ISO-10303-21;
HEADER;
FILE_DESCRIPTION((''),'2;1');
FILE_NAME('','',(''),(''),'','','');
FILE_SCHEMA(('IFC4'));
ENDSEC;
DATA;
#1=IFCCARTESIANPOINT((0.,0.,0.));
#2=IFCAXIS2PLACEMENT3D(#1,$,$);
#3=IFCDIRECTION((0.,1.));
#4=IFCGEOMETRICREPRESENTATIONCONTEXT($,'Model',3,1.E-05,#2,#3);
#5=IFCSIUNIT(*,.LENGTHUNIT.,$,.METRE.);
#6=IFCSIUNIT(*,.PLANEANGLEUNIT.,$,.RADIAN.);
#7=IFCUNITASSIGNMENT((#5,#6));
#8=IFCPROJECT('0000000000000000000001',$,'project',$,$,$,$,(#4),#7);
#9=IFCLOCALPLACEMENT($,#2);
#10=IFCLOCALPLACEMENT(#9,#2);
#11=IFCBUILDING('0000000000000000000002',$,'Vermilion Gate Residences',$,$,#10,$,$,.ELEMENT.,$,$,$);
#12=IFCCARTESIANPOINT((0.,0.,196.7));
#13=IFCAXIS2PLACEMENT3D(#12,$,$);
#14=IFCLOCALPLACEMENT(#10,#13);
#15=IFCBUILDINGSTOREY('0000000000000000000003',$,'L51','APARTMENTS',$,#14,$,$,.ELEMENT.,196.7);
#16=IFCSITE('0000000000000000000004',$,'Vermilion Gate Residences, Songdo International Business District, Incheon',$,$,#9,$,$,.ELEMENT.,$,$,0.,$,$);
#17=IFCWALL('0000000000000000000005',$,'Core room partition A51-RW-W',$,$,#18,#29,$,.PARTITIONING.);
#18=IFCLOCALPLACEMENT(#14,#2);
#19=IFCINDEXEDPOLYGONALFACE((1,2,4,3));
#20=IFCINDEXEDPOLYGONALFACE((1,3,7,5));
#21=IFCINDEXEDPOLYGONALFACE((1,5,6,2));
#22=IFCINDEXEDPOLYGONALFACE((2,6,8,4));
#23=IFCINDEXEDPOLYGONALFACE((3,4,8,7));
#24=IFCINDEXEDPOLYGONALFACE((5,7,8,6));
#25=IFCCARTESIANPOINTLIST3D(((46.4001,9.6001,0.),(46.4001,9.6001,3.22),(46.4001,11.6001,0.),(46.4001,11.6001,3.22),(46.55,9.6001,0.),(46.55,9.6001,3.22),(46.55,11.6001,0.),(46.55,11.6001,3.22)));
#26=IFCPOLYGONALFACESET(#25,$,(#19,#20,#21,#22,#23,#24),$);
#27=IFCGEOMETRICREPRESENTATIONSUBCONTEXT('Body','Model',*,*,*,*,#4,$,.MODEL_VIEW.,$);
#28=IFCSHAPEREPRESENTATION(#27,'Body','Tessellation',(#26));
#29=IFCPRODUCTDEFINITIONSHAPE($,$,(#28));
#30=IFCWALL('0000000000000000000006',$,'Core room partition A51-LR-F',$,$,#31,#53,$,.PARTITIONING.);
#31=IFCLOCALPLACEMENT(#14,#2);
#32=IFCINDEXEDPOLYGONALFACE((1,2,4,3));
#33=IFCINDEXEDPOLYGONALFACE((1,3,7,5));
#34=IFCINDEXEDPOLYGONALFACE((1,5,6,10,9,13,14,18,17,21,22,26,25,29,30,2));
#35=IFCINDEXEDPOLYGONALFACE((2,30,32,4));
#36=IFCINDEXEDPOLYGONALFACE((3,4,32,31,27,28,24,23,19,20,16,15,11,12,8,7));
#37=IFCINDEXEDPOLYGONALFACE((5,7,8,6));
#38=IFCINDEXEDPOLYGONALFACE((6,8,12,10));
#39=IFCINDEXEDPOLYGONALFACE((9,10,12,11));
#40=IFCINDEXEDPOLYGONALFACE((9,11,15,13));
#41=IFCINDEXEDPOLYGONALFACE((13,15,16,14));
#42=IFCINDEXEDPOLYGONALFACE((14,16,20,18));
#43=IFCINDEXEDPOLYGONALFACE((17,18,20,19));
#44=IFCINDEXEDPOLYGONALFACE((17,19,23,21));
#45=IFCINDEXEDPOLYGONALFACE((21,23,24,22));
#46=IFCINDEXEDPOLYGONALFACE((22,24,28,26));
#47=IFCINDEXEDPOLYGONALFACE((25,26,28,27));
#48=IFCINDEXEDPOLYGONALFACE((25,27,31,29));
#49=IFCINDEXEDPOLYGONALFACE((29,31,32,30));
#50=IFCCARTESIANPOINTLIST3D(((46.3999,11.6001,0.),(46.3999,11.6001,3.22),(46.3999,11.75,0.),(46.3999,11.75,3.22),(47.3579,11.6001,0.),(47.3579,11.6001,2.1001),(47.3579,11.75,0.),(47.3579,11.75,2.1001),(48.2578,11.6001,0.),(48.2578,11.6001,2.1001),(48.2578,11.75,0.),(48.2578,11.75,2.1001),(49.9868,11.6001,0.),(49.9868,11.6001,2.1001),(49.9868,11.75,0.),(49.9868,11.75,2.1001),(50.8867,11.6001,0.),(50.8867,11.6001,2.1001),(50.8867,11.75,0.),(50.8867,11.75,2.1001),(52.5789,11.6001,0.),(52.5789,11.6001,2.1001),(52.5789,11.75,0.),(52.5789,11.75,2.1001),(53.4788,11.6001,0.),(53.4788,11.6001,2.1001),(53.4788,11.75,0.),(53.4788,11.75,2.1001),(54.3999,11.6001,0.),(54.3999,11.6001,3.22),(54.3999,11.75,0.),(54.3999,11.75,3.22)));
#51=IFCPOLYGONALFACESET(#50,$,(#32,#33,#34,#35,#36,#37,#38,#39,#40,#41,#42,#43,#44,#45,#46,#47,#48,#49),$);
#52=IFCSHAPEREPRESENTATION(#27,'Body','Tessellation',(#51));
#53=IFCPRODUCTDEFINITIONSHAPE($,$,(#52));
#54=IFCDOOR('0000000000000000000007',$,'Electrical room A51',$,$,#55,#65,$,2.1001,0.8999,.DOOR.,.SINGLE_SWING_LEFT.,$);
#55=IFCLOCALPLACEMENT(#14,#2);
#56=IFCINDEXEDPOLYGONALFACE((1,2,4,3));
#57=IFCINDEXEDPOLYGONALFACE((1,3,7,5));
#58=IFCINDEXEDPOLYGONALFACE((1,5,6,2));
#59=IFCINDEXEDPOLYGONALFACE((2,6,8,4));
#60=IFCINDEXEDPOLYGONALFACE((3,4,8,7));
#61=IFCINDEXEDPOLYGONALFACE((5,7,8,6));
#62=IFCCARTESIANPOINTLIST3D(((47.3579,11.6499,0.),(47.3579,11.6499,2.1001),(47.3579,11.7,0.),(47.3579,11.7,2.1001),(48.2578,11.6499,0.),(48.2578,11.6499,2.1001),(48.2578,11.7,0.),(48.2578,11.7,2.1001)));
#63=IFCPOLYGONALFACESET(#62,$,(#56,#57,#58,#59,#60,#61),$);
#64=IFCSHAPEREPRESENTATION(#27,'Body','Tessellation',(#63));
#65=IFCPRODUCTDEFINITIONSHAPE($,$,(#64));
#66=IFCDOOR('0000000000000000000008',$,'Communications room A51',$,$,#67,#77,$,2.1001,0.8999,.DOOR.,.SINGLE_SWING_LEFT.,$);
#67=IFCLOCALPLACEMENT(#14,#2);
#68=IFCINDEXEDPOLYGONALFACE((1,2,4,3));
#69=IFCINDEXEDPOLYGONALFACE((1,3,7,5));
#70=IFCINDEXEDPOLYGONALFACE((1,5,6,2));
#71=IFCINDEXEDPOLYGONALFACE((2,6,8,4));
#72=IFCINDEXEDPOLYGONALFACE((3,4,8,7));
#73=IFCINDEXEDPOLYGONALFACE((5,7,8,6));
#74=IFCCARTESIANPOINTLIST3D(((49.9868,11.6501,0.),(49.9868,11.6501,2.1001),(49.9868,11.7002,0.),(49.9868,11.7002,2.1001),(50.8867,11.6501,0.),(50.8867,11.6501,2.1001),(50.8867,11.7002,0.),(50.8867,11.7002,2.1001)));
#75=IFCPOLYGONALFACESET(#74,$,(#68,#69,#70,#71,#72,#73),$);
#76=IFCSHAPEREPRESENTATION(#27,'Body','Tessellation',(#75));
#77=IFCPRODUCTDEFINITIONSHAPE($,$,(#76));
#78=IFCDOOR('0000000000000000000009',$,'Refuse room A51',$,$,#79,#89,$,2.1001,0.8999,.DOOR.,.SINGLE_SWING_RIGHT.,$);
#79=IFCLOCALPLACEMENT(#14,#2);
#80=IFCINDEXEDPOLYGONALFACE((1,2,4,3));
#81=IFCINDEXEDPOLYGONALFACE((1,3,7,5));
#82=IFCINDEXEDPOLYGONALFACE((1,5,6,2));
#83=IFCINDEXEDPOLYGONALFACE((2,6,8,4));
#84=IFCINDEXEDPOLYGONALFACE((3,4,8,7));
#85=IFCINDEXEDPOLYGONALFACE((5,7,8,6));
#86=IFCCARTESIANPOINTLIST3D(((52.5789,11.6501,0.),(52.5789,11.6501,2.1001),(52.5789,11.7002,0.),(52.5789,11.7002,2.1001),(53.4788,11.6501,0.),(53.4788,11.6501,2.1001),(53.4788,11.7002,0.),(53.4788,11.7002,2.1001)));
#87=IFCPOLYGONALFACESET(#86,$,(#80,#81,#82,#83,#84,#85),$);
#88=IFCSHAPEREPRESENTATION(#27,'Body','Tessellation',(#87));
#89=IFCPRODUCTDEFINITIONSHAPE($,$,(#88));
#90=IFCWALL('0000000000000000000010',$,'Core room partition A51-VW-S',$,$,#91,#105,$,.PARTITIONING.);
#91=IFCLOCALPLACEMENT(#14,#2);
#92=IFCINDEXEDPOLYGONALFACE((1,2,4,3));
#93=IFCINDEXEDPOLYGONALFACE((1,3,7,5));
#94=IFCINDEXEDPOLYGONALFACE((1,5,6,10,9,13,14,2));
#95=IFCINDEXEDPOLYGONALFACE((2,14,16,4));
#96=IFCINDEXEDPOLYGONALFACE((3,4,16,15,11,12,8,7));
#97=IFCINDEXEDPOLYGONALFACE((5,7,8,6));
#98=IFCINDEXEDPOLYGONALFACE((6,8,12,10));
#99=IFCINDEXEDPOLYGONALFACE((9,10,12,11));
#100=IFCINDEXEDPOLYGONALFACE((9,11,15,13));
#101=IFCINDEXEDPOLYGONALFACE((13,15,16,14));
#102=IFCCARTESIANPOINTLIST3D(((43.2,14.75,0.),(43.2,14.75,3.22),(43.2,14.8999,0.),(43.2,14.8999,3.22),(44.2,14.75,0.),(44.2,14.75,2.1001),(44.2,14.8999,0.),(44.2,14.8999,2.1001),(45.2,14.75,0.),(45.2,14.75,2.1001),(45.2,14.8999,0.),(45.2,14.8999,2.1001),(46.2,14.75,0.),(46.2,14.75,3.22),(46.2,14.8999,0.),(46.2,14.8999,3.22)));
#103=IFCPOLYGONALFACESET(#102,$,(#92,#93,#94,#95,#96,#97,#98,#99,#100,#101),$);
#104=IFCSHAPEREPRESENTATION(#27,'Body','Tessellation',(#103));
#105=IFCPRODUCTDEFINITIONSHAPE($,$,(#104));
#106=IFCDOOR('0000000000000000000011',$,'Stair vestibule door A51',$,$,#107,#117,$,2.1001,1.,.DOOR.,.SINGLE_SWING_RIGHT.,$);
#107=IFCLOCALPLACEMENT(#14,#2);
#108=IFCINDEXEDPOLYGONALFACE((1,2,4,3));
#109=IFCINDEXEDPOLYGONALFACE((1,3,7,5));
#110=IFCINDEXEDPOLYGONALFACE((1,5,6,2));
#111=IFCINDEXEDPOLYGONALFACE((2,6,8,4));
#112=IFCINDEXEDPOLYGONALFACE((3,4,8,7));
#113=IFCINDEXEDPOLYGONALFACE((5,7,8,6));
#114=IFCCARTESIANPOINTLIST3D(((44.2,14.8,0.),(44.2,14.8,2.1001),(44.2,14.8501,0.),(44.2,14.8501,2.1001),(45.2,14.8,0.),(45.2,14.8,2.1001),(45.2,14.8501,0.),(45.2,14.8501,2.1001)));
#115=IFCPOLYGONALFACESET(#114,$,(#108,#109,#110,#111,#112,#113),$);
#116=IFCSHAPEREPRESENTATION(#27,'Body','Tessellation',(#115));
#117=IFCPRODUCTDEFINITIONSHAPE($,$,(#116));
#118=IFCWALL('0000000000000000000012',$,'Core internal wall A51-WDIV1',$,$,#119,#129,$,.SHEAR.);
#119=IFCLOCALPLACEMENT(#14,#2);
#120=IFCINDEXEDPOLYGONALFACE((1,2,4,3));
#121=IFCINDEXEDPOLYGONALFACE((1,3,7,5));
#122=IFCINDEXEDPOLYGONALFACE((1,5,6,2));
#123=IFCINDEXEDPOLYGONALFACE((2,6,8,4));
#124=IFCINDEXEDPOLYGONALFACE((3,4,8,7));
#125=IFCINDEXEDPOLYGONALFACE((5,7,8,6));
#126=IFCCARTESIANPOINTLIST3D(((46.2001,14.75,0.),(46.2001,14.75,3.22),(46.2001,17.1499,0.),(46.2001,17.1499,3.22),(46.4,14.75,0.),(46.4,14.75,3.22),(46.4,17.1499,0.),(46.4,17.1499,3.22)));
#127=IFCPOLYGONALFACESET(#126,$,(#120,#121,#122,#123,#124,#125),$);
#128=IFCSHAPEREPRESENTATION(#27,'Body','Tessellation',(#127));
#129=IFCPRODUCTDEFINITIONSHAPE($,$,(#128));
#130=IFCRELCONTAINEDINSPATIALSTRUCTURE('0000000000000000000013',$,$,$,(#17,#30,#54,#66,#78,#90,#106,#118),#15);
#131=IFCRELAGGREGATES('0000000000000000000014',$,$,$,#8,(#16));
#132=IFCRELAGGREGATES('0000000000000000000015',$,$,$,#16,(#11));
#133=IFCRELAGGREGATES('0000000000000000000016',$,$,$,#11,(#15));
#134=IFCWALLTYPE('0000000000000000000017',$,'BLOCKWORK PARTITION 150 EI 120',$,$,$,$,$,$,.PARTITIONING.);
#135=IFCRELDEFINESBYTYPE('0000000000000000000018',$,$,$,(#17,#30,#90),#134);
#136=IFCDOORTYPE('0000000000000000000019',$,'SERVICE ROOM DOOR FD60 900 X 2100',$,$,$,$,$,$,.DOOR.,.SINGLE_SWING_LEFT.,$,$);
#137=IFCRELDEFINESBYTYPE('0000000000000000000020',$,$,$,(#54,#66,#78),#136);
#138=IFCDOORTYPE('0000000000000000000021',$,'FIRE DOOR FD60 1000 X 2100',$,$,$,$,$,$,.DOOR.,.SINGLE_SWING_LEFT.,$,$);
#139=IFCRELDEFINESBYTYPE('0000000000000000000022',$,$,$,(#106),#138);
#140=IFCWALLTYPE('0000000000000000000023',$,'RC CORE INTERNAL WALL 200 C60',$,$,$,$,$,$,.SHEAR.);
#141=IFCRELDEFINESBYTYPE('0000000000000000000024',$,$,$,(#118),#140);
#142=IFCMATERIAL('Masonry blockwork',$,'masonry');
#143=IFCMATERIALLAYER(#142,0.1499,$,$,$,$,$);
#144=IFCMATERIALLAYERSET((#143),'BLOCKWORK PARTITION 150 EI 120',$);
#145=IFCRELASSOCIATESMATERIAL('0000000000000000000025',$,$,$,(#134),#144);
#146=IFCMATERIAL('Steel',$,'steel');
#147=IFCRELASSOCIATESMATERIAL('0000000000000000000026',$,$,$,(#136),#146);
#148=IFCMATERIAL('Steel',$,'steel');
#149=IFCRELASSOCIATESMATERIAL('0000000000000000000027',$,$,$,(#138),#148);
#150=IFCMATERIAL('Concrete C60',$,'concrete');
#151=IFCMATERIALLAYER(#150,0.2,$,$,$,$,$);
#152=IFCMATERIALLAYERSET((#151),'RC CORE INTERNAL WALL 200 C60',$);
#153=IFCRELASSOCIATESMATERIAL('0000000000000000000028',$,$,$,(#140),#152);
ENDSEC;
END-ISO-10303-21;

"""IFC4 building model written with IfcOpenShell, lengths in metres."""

from ifc_helpers import new_model, si_unit, direction, frame, frame_2d, origin, place, context, subcontext, project, spatial, rectangle, extrude, material, layer, layer_set, type_object, element, fill, save


model = new_model("IFC4")

# Units and contexts
model_context = context("Model", 3, precision=1e-05, world=origin(), true_north=direction((0.0, 1.0)))
body_context = subcontext(model_context, "Body", "Model", "MODEL_VIEW")
ifc_project = project(units=[si_unit("LENGTHUNIT", "METRE"), si_unit("PLANEANGLEUNIT", "RADIAN")], contexts=[model_context])

# Site, building, storey
site_placement = place(None, origin())
site = spatial("IfcSite", under=ifc_project, at=site_placement, Name="Vermilion Gate Residences, Songdo International Business District, Incheon", CompositionType="ELEMENT", RefElevation=0.0)
building_placement = place(site_placement, origin())
building = spatial("IfcBuilding", under=site, at=building_placement, Name="Vermilion Gate Residences", CompositionType="ELEMENT")
storey_placement = place(building_placement, frame((0.0, 0.0, 196.7)))
storey = spatial("IfcBuildingStorey", under=building, at=storey_placement, Name="L51", Description="APARTMENTS", CompositionType="ELEMENT", Elevation=196.7)

# Wall
ifc_material_1 = material(Name="Masonry blockwork", Category="masonry")
ifc_layer_1 = layer(ifc_material_1, 0.1499)
ifc_layer_set_1 = layer_set([ifc_layer_1], Name="BLOCKWORK PARTITION 150 EI 120")
wall_type_1 = type_object("IfcWallType", Name="BLOCKWORK PARTITION 150 EI 120", PredefinedType="PARTITIONING", material=ifc_layer_set_1)
wall_1_placement = place(storey_placement, frame((46.4751, 9.6001, 0.0), z_axis=(0.0, 0.0, 1.0), x_axis=(0.0, 1.0, 0.0)))
element("IfcWall", 1, at=wall_1_placement, inside=storey, type_object=wall_type_1, Name="Core room partition A51-RW-W", PredefinedType="PARTITIONING", context=body_context, shape_type="SweptSolid", body=[
    extrude(rectangle(XDim=2.0, YDim=0.1499, at=frame_2d((1.0, 0.0))), origin(), (0.0, 0.0, 1.0), 3.22),
])

# Wall, openings, doors
wall_2_placement = place(storey_placement, frame((46.3999, 11.675, 0.0), z_axis=(0.0, 0.0, 1.0), x_axis=(1.0, 0.0, 0.0)))
wall_2 = element("IfcWall", 2, at=wall_2_placement, inside=storey, type_object=wall_type_1, Name="Core room partition A51-LR-F", PredefinedType="PARTITIONING", context=body_context, shape_type="SweptSolid", body=[
    extrude(rectangle(XDim=8.0, YDim=0.1499, at=frame_2d((4.0, 0.0))), origin(), (0.0, 0.0, 1.0), 3.22),
])
opening_1_placement = place(wall_2_placement, frame((0.958, 0.0, 0.0)))
opening_1 = element("IfcOpeningElement", 3, at=opening_1_placement, cuts=wall_2, PredefinedType="OPENING", context=body_context, shape_type="SweptSolid", body=[
    extrude(rectangle(XDim=0.8999, YDim=2.1001, at=frame_2d((0.45, 1.05))), frame((0.0, 0.085, 0.0), z_axis=(0.0, -1.0, 0.0), x_axis=(1.0, 0.0, 0.0)), (0.0, 0.0, 1.0), 0.1699),
])
opening_2_placement = place(wall_2_placement, frame((3.5869, 0.0, 0.0)))
opening_2 = element("IfcOpeningElement", 4, at=opening_2_placement, cuts=wall_2, PredefinedType="OPENING", context=body_context, shape_type="SweptSolid", body=[
    extrude(rectangle(XDim=0.8999, YDim=2.1001, at=frame_2d((0.45, 1.05))), frame((0.0, 0.085, 0.0), z_axis=(0.0, -1.0, 0.0), x_axis=(1.0, 0.0, 0.0)), (0.0, 0.0, 1.0), 0.1699),
])
opening_3_placement = place(wall_2_placement, frame((6.179, 0.0, 0.0)))
opening_3 = element("IfcOpeningElement", 5, at=opening_3_placement, cuts=wall_2, PredefinedType="OPENING", context=body_context, shape_type="SweptSolid", body=[
    extrude(rectangle(XDim=0.8999, YDim=2.1001, at=frame_2d((0.45, 1.05))), frame((0.0, 0.085, 0.0), z_axis=(0.0, -1.0, 0.0), x_axis=(1.0, 0.0, 0.0)), (0.0, 0.0, 1.0), 0.1699),
])
ifc_material_2 = material(Name="Steel", Category="steel")
door_type_1 = type_object("IfcDoorType", Name="SERVICE ROOM DOOR FD60 900 X 2100", OperationType="SINGLE_SWING_LEFT", PredefinedType="DOOR", material=ifc_material_2)
door_1_placement = place(opening_1_placement, origin())
door_1 = element("IfcDoor", 6, at=door_1_placement, inside=storey, type_object=door_type_1, Name="Electrical room A51", OperationType="SINGLE_SWING_LEFT", OverallHeight=2.1001, OverallWidth=0.8999, PredefinedType="DOOR", context=body_context, shape_type="SweptSolid", body=[
    extrude(rectangle(XDim=0.8999, YDim=2.1001, at=frame_2d((0.45, 1.05))), frame((0.0, 0.0249, 0.0), z_axis=(0.0, -1.0, 0.0), x_axis=(1.0, 0.0, 0.0)), (0.0, 0.0, 1.0), 0.05),
])
fill(opening_1, door_1)
door_2_placement = place(opening_2_placement, frame((0.8999, 0.0, 0.0), z_axis=(0.0, 0.0, 1.0), x_axis=(-1.0, 0.0, 0.0)))
door_2 = element("IfcDoor", 7, at=door_2_placement, inside=storey, type_object=door_type_1, Name="Communications room A51", OperationType="SINGLE_SWING_LEFT", OverallHeight=2.1001, OverallWidth=0.8999, PredefinedType="DOOR", context=body_context, shape_type="SweptSolid", body=[
    extrude(rectangle(XDim=0.8999, YDim=2.1001, at=frame_2d((0.45, 1.05))), frame((0.0, 0.0249, 0.0), z_axis=(0.0, -1.0, 0.0), x_axis=(1.0, 0.0, 0.0)), (0.0, 0.0, 1.0), 0.05),
])
fill(opening_2, door_2)
door_3_placement = place(opening_3_placement, frame((0.8999, 0.0, 0.0), z_axis=(0.0, 0.0, 1.0), x_axis=(-1.0, 0.0, 0.0)))
door_3 = element("IfcDoor", 8, at=door_3_placement, inside=storey, type_object=door_type_1, Name="Refuse room A51", OperationType="SINGLE_SWING_RIGHT", OverallHeight=2.1001, OverallWidth=0.8999, PredefinedType="DOOR", context=body_context, shape_type="SweptSolid", body=[
    extrude(rectangle(XDim=0.8999, YDim=2.1001, at=frame_2d((0.45, 1.05))), frame((0.0, 0.0249, 0.0), z_axis=(0.0, -1.0, 0.0), x_axis=(1.0, 0.0, 0.0)), (0.0, 0.0, 1.0), 0.05),
])
fill(opening_3, door_3)

# Wall, opening, door
wall_3_placement = place(storey_placement, frame((43.2, 14.825, 0.0), z_axis=(0.0, 0.0, 1.0), x_axis=(1.0, 0.0, 0.0)))
wall_3 = element("IfcWall", 9, at=wall_3_placement, inside=storey, type_object=wall_type_1, Name="Core room partition A51-VW-S", PredefinedType="PARTITIONING", context=body_context, shape_type="SweptSolid", body=[
    extrude(rectangle(XDim=3.0, YDim=0.1499, at=frame_2d((1.5, 0.0))), origin(), (0.0, 0.0, 1.0), 3.22),
])
opening_4_placement = place(wall_3_placement, frame((1.0, 0.0, 0.0)))
opening_4 = element("IfcOpeningElement", 10, at=opening_4_placement, cuts=wall_3, PredefinedType="OPENING", context=body_context, shape_type="SweptSolid", body=[
    extrude(rectangle(XDim=1.0, YDim=2.1001, at=frame_2d((0.5, 1.05))), frame((0.0, 0.085, 0.0), z_axis=(0.0, -1.0, 0.0), x_axis=(1.0, 0.0, 0.0)), (0.0, 0.0, 1.0), 0.1699),
])
ifc_material_3 = material(Name="Steel", Category="steel")
door_type_2 = type_object("IfcDoorType", Name="FIRE DOOR FD60 1000 X 2100", OperationType="SINGLE_SWING_LEFT", PredefinedType="DOOR", material=ifc_material_3)
door_4_placement = place(opening_4_placement, frame((1.0, 0.0, 0.0), z_axis=(0.0, 0.0, 1.0), x_axis=(-1.0, 0.0, 0.0)))
door_4 = element("IfcDoor", 11, at=door_4_placement, inside=storey, type_object=door_type_2, Name="Stair vestibule door A51", OperationType="SINGLE_SWING_RIGHT", OverallHeight=2.1001, OverallWidth=1.0, PredefinedType="DOOR", context=body_context, shape_type="SweptSolid", body=[
    extrude(rectangle(XDim=1.0, YDim=2.1001, at=frame_2d((0.5, 1.05))), frame((0.0, 0.0249, 0.0), z_axis=(0.0, -1.0, 0.0), x_axis=(1.0, 0.0, 0.0)), (0.0, 0.0, 1.0), 0.05),
])
fill(opening_4, door_4)

# Wall
ifc_material_4 = material(Name="Concrete C60", Category="concrete")
ifc_layer_2 = layer(ifc_material_4, 0.2)
ifc_layer_set_2 = layer_set([ifc_layer_2], Name="RC CORE INTERNAL WALL 200 C60")
wall_type_2 = type_object("IfcWallType", Name="RC CORE INTERNAL WALL 200 C60", PredefinedType="SHEAR", material=ifc_layer_set_2)
wall_4_placement = place(storey_placement, frame((46.3, 14.75, 0.0), z_axis=(0.0, 0.0, 1.0), x_axis=(0.0, 1.0, 0.0)))
element("IfcWall", 12, at=wall_4_placement, inside=storey, type_object=wall_type_2, Name="Core internal wall A51-WDIV1", PredefinedType="SHEAR", context=body_context, shape_type="SweptSolid", body=[
    extrude(rectangle(XDim=2.3999, YDim=0.2, at=frame_2d((1.2, 0.0))), origin(), (0.0, 0.0, 1.0), 3.22),
])

save(model, "model.ifc")
